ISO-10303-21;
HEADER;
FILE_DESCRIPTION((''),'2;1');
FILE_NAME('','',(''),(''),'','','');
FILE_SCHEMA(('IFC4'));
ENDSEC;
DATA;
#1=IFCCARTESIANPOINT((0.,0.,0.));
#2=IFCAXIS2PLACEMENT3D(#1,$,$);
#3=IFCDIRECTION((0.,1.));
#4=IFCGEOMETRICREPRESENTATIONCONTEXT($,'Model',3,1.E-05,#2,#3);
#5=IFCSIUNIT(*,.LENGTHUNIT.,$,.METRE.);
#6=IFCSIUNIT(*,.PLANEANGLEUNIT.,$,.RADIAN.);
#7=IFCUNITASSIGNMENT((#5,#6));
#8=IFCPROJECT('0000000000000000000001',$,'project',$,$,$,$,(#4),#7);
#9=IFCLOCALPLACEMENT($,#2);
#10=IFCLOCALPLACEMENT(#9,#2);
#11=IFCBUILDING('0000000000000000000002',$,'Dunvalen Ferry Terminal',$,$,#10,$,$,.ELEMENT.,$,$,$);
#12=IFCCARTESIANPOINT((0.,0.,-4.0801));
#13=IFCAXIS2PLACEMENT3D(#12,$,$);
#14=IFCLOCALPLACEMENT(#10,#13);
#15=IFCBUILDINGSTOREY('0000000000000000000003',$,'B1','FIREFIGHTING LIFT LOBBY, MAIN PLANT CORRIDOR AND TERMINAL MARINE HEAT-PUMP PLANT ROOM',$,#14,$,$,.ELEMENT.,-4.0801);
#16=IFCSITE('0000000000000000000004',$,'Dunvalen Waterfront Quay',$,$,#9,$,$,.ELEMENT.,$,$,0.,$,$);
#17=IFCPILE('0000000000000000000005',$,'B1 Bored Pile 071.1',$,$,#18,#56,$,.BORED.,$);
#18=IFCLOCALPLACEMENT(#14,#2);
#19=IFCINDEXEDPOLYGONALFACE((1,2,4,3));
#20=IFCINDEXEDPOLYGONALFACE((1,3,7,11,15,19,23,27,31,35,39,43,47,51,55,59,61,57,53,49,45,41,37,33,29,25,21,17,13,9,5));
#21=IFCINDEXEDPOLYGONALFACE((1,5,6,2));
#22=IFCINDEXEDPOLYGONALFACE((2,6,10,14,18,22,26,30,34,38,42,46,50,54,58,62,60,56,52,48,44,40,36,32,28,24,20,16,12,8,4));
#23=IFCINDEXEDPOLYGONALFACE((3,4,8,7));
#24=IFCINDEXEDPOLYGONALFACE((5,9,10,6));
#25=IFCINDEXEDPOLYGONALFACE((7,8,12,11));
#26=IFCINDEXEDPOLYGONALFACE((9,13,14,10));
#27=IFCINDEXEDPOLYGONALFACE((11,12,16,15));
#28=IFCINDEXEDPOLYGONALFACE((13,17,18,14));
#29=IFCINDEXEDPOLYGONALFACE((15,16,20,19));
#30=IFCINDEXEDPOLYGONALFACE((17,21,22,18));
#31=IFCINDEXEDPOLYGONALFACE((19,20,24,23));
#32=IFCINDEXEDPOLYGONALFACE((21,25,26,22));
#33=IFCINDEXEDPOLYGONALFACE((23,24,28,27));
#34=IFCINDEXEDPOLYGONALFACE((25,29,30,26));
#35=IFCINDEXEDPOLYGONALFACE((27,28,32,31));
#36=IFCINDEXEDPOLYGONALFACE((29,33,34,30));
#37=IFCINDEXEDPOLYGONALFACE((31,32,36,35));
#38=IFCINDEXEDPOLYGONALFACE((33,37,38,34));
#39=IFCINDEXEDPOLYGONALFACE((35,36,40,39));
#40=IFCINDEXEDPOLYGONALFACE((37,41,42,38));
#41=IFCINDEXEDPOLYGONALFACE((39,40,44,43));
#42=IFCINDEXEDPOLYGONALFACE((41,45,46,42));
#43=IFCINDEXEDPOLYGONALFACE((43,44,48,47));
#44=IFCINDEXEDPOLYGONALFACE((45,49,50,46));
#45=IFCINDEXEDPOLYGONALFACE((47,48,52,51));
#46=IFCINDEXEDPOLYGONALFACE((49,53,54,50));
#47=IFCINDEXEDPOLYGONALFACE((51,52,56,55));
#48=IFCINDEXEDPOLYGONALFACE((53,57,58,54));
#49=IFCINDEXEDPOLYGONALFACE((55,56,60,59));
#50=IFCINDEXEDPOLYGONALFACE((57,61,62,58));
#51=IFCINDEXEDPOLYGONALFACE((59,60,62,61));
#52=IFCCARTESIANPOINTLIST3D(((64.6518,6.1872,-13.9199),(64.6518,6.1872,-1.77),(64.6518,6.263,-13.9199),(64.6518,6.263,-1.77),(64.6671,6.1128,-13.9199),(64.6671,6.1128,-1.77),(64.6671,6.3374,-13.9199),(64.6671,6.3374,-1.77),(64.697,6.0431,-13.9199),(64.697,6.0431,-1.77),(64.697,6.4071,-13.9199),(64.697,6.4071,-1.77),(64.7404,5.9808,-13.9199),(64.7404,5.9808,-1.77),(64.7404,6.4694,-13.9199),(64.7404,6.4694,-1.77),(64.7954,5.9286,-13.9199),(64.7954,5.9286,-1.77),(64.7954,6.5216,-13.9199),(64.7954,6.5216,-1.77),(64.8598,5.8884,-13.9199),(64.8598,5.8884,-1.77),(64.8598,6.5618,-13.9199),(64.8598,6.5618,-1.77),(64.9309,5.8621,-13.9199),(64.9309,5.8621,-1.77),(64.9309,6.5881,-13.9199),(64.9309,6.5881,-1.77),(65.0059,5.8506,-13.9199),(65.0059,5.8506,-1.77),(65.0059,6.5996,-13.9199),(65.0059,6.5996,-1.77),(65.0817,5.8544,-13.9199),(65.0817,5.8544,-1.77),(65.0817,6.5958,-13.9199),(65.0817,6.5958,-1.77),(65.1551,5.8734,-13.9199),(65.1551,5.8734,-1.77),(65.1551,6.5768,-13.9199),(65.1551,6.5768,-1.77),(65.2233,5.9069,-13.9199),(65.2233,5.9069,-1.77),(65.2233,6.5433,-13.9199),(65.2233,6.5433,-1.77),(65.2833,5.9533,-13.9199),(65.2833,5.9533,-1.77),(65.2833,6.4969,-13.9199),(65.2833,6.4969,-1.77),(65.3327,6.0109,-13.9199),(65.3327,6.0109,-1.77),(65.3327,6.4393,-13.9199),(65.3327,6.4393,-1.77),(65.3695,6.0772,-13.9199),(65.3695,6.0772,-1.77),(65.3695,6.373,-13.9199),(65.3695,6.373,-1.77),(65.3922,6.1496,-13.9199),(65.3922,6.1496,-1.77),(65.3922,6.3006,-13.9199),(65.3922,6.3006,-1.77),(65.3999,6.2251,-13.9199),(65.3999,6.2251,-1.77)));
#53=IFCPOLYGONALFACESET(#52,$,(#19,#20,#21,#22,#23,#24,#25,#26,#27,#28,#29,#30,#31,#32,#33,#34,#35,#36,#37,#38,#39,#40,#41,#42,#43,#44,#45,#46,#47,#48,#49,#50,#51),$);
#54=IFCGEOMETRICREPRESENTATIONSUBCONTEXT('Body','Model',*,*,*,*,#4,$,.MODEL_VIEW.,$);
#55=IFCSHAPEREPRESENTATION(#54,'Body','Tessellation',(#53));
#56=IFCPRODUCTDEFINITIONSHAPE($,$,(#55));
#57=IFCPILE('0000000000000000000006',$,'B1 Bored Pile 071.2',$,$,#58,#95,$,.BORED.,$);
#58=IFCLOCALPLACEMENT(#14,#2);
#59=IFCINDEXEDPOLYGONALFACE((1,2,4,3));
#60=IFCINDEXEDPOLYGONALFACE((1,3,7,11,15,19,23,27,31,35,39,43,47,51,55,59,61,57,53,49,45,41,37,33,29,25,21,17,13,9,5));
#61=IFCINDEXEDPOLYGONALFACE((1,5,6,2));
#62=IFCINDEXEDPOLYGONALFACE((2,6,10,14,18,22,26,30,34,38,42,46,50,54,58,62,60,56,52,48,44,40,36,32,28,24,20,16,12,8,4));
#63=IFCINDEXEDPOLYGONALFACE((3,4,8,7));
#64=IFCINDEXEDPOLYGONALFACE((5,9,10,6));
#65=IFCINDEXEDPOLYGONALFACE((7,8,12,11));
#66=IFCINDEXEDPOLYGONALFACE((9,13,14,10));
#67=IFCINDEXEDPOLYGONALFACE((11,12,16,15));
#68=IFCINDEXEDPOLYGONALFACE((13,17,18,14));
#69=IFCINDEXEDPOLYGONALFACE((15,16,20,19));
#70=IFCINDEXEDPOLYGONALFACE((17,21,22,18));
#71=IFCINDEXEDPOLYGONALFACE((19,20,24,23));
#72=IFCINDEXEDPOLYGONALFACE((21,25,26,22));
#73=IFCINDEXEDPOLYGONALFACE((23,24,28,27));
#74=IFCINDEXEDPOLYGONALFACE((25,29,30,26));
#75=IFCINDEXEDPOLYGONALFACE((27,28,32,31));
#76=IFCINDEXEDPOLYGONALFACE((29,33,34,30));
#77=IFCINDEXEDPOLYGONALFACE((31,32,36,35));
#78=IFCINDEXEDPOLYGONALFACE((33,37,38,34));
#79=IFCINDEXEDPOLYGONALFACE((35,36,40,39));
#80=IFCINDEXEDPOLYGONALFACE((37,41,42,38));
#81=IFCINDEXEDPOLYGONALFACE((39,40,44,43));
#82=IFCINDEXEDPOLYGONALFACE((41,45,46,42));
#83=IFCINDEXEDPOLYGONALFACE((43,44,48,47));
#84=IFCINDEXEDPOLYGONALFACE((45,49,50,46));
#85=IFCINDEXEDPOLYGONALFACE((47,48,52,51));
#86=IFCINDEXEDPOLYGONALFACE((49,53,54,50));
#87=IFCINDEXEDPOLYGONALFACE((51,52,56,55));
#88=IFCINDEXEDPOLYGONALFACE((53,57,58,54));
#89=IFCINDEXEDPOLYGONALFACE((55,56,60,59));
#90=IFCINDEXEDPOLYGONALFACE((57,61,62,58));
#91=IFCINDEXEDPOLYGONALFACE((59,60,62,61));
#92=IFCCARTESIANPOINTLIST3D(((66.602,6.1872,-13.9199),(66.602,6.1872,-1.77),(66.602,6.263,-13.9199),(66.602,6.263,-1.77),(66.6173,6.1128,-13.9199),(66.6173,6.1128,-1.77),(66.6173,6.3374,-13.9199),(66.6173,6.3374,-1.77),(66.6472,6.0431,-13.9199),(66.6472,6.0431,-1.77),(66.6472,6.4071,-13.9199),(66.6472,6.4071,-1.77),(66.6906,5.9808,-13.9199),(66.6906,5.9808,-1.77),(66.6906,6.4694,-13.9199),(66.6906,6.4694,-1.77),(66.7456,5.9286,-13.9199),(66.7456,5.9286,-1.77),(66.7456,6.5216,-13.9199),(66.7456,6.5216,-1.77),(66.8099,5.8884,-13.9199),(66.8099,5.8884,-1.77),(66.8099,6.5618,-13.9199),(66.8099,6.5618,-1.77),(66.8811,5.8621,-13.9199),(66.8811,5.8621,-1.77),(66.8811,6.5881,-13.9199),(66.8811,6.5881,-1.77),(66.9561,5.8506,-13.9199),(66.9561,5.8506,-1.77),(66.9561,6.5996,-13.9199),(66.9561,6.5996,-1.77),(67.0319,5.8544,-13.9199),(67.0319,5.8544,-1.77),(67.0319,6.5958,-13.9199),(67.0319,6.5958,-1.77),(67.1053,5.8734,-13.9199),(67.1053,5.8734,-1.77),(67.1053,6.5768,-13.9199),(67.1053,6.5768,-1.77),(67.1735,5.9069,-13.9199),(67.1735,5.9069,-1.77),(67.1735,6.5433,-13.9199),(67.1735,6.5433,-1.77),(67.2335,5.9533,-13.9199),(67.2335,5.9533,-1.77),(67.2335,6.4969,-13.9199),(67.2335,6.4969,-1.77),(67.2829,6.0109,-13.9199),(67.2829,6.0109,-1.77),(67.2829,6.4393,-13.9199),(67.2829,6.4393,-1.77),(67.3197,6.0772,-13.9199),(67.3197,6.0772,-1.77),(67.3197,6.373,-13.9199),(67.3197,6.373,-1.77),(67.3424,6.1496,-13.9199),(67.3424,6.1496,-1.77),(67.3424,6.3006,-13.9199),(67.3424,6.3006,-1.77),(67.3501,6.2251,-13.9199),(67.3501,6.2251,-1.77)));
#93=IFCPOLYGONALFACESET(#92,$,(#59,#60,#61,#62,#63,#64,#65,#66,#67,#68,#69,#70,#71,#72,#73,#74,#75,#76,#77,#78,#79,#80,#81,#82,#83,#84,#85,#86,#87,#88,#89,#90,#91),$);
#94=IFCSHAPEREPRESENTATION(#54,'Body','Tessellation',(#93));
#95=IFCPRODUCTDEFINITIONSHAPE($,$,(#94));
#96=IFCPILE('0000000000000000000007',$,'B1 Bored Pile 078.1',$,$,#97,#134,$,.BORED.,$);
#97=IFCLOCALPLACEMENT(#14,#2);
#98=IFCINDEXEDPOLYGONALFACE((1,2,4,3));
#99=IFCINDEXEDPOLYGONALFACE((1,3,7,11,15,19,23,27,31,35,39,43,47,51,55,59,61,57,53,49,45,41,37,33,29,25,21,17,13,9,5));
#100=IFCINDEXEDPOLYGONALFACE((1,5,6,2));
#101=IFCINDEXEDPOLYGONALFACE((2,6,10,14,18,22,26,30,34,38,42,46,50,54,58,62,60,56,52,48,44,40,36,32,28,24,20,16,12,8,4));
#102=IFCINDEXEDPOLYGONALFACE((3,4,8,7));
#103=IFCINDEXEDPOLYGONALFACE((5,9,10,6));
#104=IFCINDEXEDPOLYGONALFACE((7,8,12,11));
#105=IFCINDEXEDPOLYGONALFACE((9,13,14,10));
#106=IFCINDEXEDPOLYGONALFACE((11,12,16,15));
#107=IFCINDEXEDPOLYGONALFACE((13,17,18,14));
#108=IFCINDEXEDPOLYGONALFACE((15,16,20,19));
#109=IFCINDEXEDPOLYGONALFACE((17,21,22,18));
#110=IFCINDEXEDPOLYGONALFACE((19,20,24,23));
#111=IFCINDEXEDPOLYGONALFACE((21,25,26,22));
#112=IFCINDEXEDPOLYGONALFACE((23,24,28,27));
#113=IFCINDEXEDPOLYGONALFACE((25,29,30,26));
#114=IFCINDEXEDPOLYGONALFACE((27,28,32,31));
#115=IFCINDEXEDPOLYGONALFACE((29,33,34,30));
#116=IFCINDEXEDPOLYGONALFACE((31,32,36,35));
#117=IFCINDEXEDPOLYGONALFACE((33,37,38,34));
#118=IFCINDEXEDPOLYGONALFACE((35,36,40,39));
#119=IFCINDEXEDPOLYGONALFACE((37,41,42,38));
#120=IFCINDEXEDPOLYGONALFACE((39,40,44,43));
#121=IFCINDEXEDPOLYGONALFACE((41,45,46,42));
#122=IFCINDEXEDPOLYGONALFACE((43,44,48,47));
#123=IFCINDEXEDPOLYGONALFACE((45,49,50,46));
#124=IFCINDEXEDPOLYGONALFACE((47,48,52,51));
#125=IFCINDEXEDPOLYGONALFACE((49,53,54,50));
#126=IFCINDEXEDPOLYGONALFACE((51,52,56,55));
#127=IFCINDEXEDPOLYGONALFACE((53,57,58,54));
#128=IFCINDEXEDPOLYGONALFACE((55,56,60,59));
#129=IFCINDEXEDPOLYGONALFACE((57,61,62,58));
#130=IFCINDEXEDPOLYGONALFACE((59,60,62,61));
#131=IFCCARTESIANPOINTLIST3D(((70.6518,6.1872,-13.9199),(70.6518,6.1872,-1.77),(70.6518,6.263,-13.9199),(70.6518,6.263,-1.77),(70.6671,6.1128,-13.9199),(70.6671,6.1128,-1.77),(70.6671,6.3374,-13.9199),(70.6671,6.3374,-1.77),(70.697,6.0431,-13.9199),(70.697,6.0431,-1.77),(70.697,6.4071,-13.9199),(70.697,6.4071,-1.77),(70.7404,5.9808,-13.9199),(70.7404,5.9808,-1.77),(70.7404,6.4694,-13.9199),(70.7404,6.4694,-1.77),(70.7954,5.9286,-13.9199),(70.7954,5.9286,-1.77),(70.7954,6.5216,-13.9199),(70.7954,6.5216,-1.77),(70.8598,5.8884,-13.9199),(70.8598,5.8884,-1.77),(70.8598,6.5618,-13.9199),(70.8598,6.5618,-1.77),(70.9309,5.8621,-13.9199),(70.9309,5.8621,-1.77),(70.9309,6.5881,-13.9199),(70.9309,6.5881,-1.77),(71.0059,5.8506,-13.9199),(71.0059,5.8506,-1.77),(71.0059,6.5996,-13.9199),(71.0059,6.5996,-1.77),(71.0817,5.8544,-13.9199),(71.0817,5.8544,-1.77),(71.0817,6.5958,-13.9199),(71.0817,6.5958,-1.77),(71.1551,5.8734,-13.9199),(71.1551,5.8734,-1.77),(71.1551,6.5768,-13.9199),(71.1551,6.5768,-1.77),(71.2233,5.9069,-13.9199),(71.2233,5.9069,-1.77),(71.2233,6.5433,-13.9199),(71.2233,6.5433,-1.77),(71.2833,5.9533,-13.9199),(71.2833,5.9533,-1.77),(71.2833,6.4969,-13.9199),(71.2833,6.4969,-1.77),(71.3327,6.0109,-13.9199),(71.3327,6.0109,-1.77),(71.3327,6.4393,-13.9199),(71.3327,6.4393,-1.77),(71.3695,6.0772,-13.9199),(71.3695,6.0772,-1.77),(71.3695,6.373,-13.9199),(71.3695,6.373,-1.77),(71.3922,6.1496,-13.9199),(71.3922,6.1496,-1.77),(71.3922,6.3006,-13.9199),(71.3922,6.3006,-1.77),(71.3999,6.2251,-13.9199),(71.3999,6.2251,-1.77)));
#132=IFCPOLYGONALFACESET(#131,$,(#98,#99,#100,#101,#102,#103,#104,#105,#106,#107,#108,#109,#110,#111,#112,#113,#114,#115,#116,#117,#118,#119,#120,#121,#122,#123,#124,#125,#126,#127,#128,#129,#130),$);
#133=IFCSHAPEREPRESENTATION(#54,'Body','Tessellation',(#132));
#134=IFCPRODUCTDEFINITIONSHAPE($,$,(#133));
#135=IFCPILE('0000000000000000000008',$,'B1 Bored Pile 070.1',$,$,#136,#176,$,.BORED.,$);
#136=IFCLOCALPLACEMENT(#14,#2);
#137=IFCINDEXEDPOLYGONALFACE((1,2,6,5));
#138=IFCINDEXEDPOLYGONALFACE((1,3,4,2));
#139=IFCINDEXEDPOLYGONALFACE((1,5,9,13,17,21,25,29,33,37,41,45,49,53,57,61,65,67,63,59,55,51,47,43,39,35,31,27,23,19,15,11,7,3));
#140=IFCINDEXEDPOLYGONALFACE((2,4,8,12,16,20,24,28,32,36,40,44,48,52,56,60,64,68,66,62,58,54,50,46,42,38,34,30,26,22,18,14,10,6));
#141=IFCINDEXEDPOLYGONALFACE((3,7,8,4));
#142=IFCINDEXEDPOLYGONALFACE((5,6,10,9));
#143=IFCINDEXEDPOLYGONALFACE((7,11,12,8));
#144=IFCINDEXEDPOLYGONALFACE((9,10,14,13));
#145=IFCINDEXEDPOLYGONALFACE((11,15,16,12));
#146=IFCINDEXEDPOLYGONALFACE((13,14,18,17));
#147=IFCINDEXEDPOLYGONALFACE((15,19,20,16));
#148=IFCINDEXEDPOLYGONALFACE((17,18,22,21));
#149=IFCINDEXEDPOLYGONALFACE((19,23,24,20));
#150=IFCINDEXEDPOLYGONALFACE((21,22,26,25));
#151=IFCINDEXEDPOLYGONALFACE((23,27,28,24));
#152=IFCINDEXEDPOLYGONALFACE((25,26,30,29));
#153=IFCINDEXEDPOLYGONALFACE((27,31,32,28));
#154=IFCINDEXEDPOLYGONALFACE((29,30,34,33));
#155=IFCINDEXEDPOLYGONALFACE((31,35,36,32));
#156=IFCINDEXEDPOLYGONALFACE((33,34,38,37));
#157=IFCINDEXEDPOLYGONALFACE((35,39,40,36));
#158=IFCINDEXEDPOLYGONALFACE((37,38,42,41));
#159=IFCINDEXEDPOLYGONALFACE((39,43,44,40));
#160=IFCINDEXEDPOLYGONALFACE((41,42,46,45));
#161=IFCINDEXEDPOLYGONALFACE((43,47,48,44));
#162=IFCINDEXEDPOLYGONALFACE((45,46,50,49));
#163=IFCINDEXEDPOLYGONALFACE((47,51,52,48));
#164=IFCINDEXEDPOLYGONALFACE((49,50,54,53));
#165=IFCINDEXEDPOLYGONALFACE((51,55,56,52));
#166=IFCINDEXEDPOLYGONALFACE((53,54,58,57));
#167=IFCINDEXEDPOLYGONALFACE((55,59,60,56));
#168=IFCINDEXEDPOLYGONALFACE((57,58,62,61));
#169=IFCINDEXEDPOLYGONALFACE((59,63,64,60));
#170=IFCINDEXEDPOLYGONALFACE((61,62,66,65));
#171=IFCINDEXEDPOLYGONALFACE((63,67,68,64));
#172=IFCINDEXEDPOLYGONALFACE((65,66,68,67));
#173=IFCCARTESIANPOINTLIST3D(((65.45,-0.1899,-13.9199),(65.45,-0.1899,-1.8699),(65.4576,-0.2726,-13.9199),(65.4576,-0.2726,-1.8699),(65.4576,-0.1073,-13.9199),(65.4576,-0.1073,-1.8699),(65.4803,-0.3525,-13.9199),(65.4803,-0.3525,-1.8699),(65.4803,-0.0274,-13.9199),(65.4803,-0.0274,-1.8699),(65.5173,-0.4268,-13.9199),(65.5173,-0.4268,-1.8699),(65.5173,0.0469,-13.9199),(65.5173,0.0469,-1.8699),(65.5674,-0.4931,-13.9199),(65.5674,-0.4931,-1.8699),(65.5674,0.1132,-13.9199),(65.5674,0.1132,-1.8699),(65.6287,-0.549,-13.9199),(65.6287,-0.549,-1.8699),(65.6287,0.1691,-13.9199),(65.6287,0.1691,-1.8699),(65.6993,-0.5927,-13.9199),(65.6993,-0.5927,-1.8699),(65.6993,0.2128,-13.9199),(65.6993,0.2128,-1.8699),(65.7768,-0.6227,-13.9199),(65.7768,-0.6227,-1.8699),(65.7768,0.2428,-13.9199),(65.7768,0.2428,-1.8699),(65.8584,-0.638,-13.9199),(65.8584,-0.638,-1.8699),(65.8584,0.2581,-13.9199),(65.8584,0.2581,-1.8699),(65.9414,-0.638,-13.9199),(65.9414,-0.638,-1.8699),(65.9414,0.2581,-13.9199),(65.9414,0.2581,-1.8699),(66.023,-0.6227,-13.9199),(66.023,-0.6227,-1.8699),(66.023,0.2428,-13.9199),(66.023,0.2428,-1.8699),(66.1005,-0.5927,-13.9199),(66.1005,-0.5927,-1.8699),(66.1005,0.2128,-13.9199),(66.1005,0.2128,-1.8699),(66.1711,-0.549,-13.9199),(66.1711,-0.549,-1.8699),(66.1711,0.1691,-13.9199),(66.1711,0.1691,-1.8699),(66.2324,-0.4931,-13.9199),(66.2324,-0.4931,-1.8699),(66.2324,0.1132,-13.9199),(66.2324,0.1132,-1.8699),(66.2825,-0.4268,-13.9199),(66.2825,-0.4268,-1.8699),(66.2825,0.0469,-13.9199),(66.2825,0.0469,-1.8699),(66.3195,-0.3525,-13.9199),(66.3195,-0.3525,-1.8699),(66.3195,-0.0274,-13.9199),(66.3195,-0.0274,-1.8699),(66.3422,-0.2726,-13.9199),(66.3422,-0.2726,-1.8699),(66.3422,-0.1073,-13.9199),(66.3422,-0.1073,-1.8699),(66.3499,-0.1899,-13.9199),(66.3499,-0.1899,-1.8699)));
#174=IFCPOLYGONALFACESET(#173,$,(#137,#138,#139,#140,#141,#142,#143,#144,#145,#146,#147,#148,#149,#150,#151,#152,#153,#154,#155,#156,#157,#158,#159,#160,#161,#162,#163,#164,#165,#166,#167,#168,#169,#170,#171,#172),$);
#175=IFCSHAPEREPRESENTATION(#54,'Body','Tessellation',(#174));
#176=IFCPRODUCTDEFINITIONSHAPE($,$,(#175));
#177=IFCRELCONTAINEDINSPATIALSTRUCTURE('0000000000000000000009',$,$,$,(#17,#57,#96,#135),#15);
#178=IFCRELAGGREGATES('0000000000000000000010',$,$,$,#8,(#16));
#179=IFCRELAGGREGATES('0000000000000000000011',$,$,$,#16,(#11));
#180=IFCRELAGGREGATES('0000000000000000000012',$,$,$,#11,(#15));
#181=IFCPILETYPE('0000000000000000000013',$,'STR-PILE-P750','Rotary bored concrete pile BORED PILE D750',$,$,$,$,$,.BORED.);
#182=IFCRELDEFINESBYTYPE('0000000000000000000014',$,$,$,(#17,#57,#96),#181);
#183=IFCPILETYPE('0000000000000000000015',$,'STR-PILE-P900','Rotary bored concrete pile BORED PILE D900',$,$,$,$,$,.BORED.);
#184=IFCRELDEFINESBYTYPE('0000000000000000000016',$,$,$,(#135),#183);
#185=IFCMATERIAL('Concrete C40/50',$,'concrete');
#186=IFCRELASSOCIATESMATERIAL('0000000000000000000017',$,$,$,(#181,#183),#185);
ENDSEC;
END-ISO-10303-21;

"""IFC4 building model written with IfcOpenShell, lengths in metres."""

from ifc_helpers import new_model, si_unit, direction, frame, origin, origin_2d, place, context, subcontext, project, spatial, circle, extrude, material, material_profile, profile_set, type_object, element, save


model = new_model("IFC4")

# Units and contexts
model_context = context("Model", 3, precision=1e-05, world=origin(), true_north=direction((0.0, 1.0)))
body_context = subcontext(model_context, "Body", "Model", "MODEL_VIEW")
ifc_project = project(units=[si_unit("LENGTHUNIT", "METRE"), si_unit("PLANEANGLEUNIT", "RADIAN")], contexts=[model_context])

# Site, building, storey
site_placement = place(None, origin())
site = spatial("IfcSite", under=ifc_project, at=site_placement, Name="Dunvalen Waterfront Quay", CompositionType="ELEMENT", RefElevation=0.0)
building_placement = place(site_placement, origin())
building = spatial("IfcBuilding", under=site, at=building_placement, Name="Dunvalen Ferry Terminal", CompositionType="ELEMENT")
storey_placement = place(building_placement, frame((0.0, 0.0, -4.0801)))
storey = spatial("IfcBuildingStorey", under=building, at=storey_placement, Name="B1", Description="FIREFIGHTING LIFT LOBBY, MAIN PLANT CORRIDOR AND TERMINAL MARINE HEAT-PUMP PLANT ROOM", CompositionType="ELEMENT", Elevation=-4.0801)

# Shared definitions
ifc_material = material(Name="Concrete C40/50", Category="concrete")

# Piles
ifc_material_profile_1 = material_profile(ifc_material, circle(Radius=0.375, at=origin_2d()), Name="Concrete C40/50")
ifc_profile_set_1 = profile_set([ifc_material_profile_1], Name="Concrete C40/50")
pile_type_1 = type_object("IfcPileType", Name="STR-PILE-P750", Description="Rotary bored concrete pile BORED PILE D750", PredefinedType="BORED", material=ifc_profile_set_1)
for number, where, z_axis, x_axis, name in (
    (1, (65.0249, 6.2251, -1.77), (0.0, 0.0, -1.0), (1.0, 0.0, 0.0), "B1 Bored Pile 071.1"),
    (2, (66.9751, 6.2251, -1.77), (0.0, 0.0, -1.0), (1.0, 0.0, 0.0), "B1 Bored Pile 071.2"),
    (3, (71.0249, 6.2251, -1.77), (0.0, 0.0, -1.0), (1.0, 0.0, 0.0), "B1 Bored Pile 078.1"),
):
    element("IfcPile", number, at=place(storey_placement, frame(where, z_axis=z_axis, x_axis=x_axis)), inside=storey, type_object=pile_type_1, Name=name, PredefinedType="BORED", context=body_context, shape_type="SweptSolid", body=[
        extrude(circle(Radius=0.375, at=origin_2d()), origin(), (0.0, 0.0, 1.0), 12.1499),
    ])
ifc_material_profile_2 = material_profile(ifc_material, circle(Radius=0.45, at=origin_2d()), Name="Concrete C40/50")
ifc_profile_set_2 = profile_set([ifc_material_profile_2], Name="Concrete C40/50")
pile_type_2 = type_object("IfcPileType", Name="STR-PILE-P900", Description="Rotary bored concrete pile BORED PILE D900", PredefinedType="BORED", material=ifc_profile_set_2)
for number, where, z_axis, x_axis, name in (
    (4, (65.8999, -0.1899, -1.8699), (0.0, 0.0, -1.0), (1.0, 0.0, 0.0), "B1 Bored Pile 070.1"),
):
    element("IfcPile", number, at=place(storey_placement, frame(where, z_axis=z_axis, x_axis=x_axis)), inside=storey, type_object=pile_type_2, Name=name, PredefinedType="BORED", context=body_context, shape_type="SweptSolid", body=[
        extrude(circle(Radius=0.45, at=origin_2d()), origin(), (0.0, 0.0, 1.0), 12.05),
    ])

save(model, "model.ifc")
